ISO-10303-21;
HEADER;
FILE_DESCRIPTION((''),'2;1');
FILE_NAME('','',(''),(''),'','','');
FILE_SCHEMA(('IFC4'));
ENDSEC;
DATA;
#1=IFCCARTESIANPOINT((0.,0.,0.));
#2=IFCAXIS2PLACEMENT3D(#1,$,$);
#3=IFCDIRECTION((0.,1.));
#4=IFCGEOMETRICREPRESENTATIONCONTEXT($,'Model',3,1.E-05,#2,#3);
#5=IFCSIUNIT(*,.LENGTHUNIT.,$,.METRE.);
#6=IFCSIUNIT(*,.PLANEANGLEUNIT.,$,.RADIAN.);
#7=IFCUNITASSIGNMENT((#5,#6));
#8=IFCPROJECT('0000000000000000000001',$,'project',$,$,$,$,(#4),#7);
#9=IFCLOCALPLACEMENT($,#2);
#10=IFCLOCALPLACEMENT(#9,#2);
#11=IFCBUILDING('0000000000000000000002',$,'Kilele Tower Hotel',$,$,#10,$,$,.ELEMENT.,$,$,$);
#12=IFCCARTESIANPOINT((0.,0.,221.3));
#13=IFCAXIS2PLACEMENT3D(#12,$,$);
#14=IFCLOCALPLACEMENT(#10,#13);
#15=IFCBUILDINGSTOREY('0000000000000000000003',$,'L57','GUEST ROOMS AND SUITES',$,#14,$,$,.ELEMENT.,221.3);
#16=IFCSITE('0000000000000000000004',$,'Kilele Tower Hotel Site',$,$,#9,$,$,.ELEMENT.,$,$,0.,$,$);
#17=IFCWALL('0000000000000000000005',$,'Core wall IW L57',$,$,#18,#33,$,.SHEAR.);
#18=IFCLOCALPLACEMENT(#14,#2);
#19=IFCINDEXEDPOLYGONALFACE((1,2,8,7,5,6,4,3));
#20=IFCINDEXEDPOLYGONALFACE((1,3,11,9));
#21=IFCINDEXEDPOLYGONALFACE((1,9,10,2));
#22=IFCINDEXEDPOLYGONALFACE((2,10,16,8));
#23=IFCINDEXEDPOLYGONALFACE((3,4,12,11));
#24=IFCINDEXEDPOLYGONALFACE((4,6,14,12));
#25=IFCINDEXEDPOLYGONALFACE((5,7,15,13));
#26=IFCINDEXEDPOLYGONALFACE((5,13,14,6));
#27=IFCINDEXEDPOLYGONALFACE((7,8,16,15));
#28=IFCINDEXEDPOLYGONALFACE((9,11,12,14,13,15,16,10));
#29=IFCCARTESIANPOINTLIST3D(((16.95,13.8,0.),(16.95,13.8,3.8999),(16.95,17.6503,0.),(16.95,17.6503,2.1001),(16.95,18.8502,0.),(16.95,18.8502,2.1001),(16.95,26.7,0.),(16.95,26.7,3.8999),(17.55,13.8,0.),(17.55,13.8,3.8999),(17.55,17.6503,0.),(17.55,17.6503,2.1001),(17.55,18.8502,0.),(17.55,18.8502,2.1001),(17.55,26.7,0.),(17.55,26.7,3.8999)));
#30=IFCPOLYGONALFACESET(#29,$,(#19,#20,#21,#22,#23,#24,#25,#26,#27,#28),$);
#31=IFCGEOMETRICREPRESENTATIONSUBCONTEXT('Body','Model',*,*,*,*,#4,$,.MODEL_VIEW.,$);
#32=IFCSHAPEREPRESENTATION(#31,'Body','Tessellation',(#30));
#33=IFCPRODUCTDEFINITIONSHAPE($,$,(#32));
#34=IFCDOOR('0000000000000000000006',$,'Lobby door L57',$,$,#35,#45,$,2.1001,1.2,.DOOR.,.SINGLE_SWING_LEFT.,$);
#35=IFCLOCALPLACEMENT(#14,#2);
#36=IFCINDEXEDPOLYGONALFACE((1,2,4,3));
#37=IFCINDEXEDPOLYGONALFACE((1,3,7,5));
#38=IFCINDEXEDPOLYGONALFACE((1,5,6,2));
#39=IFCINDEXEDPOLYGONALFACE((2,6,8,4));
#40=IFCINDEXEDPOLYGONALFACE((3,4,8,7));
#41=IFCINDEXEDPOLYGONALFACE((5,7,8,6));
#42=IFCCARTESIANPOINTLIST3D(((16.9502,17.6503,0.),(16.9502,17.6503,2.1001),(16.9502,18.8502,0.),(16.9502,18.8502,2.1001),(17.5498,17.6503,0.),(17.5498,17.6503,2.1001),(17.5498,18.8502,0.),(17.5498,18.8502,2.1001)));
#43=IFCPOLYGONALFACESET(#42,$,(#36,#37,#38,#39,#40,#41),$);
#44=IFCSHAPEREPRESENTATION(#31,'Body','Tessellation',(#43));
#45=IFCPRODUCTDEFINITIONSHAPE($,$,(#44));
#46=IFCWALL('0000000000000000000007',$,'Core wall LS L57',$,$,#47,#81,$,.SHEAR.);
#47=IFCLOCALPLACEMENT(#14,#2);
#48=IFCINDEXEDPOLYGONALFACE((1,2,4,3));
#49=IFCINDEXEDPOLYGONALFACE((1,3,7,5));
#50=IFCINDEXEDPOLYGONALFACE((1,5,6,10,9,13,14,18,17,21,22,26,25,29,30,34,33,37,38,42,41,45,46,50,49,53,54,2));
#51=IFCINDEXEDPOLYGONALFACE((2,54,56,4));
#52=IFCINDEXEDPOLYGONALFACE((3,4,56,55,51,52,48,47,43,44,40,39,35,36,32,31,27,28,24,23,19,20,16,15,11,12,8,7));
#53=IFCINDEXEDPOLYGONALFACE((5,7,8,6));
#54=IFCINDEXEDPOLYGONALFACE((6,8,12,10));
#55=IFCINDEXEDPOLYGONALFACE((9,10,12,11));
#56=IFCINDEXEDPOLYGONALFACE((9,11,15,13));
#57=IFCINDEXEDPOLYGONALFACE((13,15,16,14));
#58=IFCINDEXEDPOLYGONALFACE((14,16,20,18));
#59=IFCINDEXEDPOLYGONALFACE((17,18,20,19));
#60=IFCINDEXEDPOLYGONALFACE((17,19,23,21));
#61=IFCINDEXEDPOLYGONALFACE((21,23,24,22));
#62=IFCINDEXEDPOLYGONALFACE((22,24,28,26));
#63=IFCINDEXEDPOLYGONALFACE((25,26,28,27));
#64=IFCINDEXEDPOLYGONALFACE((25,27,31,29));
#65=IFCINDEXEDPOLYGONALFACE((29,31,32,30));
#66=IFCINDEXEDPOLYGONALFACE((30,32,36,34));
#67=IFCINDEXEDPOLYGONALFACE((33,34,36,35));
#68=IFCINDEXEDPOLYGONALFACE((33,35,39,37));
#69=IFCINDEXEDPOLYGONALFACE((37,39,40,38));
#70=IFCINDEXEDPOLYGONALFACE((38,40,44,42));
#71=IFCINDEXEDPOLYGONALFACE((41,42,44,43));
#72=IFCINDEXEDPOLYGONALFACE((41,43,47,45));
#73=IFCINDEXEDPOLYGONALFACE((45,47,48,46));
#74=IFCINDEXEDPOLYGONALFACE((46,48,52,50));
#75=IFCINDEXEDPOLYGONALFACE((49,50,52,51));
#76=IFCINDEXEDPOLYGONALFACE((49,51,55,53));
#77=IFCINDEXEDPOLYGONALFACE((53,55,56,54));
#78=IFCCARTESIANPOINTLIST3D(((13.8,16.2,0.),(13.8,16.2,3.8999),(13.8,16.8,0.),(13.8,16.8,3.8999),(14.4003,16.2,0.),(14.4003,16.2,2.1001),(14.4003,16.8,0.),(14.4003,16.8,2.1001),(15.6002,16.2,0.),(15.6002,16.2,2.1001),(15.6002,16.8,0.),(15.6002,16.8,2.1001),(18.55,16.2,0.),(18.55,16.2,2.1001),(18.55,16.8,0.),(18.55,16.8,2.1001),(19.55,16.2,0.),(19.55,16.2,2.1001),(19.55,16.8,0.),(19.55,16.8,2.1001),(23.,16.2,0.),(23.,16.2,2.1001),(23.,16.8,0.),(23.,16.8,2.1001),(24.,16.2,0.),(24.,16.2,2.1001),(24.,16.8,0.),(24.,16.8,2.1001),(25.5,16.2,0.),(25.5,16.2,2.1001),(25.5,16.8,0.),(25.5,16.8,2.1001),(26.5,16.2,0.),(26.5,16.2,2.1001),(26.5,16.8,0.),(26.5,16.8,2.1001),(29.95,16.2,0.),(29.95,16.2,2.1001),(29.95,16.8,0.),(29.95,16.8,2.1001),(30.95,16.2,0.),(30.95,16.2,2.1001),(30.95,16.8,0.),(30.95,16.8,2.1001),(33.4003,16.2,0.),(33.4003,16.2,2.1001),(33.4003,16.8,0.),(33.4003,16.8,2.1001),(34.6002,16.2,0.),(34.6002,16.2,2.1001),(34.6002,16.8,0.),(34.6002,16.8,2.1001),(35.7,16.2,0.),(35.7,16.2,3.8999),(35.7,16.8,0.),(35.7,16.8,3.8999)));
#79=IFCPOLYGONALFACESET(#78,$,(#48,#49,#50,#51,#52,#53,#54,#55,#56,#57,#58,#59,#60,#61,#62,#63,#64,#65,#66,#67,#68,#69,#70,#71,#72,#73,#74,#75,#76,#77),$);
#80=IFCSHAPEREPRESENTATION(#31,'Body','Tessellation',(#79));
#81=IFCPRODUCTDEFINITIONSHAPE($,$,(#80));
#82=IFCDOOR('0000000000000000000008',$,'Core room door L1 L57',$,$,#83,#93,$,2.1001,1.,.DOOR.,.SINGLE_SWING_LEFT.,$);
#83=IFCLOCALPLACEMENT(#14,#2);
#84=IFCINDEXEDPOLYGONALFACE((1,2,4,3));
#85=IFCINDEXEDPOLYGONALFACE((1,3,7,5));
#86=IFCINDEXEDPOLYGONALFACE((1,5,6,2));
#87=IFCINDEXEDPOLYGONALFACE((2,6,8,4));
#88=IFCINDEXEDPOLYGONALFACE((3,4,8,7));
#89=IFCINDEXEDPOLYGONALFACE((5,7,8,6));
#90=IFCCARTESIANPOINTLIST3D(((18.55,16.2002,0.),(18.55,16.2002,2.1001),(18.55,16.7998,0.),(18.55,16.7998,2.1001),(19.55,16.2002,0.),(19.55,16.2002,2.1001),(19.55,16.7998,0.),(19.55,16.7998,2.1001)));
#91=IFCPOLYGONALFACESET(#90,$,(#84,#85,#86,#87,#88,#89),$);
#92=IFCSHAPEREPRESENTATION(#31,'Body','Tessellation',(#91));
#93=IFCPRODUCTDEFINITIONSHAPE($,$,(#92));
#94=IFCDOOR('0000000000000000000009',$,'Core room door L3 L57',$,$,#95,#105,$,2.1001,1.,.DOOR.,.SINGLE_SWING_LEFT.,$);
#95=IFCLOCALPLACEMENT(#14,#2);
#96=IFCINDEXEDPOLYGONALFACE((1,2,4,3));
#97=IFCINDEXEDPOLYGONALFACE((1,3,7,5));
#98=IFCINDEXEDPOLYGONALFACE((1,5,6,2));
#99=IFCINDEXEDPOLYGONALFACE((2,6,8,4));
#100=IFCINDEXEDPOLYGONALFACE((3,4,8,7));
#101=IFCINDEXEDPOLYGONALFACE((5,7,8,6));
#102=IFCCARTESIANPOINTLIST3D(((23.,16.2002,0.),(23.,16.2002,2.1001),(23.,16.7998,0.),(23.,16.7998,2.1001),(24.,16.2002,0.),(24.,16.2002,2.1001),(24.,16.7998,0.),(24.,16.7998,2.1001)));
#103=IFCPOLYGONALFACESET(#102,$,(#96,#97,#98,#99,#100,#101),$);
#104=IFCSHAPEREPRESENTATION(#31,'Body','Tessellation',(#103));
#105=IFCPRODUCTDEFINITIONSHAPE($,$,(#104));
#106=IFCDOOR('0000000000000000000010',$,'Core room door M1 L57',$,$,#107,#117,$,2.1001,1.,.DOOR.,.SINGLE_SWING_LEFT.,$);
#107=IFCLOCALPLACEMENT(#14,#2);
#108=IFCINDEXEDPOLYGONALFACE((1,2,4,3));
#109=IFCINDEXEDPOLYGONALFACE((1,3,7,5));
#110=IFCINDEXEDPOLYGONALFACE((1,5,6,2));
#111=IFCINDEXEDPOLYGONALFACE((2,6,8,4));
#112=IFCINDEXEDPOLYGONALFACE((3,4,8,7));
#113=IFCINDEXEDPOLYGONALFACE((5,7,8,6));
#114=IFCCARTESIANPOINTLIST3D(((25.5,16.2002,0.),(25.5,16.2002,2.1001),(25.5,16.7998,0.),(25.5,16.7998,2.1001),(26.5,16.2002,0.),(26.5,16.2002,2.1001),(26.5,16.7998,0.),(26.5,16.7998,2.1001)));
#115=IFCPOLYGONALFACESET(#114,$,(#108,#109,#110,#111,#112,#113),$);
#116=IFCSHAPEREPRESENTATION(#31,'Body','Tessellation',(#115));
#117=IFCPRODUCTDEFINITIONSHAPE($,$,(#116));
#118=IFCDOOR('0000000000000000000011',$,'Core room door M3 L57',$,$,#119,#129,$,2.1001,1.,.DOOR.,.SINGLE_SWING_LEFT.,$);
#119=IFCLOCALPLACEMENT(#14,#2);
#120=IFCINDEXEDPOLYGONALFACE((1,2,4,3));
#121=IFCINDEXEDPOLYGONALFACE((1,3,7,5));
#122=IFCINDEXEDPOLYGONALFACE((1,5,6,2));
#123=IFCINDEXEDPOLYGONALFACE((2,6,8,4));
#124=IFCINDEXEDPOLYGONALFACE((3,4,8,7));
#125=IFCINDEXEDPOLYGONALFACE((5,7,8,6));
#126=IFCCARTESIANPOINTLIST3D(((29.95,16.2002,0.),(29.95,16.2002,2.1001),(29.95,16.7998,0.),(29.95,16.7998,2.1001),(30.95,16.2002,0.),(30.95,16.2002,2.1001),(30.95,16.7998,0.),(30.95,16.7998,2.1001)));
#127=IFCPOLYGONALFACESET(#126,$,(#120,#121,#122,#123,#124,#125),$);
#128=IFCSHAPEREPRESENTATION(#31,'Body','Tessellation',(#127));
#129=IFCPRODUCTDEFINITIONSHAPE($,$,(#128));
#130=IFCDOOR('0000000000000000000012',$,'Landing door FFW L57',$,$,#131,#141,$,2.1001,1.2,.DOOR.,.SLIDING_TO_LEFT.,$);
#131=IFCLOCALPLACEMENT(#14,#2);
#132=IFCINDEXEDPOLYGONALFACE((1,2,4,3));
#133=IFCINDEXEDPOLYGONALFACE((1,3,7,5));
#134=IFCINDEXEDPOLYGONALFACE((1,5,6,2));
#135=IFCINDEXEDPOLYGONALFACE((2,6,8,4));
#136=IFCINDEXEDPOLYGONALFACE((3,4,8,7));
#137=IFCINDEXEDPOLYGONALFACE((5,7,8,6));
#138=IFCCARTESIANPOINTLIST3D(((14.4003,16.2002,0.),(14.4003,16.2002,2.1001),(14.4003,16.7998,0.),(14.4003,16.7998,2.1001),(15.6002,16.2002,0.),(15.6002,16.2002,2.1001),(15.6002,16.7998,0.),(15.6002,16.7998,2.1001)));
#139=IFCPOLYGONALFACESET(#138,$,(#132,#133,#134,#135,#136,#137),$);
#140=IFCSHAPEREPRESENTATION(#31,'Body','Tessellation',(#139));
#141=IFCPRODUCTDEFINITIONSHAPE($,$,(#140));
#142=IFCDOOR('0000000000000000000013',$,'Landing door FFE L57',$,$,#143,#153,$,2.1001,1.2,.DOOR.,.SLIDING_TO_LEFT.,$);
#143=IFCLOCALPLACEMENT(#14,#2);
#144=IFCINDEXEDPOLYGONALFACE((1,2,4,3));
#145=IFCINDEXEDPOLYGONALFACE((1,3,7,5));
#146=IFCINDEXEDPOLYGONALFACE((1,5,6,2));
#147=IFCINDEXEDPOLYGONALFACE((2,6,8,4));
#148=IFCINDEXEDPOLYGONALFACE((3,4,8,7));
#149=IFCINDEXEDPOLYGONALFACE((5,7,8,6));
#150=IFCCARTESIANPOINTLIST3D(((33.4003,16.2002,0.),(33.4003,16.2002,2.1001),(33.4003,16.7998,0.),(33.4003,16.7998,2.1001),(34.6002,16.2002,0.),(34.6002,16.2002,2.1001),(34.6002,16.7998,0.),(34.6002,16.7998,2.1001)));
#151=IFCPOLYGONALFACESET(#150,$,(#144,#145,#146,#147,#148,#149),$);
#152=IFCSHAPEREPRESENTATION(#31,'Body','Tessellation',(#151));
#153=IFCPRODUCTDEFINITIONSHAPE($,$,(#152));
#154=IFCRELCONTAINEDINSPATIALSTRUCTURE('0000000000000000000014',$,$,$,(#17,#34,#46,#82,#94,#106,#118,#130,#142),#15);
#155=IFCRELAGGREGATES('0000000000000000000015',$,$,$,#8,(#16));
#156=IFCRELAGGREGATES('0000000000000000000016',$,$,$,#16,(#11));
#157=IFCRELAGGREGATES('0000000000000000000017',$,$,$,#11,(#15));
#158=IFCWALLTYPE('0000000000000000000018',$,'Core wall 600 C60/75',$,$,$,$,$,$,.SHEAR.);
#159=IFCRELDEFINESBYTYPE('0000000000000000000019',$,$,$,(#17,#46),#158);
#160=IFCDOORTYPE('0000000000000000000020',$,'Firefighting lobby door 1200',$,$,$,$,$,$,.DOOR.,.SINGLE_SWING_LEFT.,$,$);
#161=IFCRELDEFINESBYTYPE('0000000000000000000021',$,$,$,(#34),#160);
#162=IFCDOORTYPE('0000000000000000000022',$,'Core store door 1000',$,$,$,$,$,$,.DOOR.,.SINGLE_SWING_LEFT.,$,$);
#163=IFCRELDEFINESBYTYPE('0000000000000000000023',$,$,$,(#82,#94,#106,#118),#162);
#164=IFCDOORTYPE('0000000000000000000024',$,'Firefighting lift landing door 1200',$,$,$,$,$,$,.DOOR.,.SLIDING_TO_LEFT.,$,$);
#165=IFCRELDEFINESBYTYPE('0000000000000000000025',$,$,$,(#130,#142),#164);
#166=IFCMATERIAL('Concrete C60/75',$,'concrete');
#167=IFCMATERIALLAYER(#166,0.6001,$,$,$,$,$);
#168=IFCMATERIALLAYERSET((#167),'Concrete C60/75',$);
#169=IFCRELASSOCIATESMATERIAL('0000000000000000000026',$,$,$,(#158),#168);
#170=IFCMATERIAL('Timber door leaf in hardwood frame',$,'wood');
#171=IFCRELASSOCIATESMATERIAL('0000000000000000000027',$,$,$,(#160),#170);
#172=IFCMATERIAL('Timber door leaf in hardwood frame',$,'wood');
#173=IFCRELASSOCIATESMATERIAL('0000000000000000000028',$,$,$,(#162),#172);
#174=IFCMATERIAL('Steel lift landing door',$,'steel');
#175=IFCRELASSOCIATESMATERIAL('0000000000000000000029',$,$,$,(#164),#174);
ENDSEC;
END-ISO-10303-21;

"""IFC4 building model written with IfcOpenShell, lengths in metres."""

from ifc_helpers import new_model, si_unit, direction, frame, frame_2d, origin, place, context, subcontext, project, spatial, rectangle, extrude, material, layer, layer_set, type_object, element, fill, save


model = new_model("IFC4")

# Units and contexts
model_context = context("Model", 3, precision=1e-05, world=origin(), true_north=direction((0.0, 1.0)))
body_context = subcontext(model_context, "Body", "Model", "MODEL_VIEW")
ifc_project = project(units=[si_unit("LENGTHUNIT", "METRE"), si_unit("PLANEANGLEUNIT", "RADIAN")], contexts=[model_context])

# Site, building, storey
site_placement = place(None, origin())
site = spatial("IfcSite", under=ifc_project, at=site_placement, Name="Kilele Tower Hotel Site", CompositionType="ELEMENT", RefElevation=0.0)
building_placement = place(site_placement, origin())
building = spatial("IfcBuilding", under=site, at=building_placement, Name="Kilele Tower Hotel", CompositionType="ELEMENT")
storey_placement = place(building_placement, frame((0.0, 0.0, 221.3)))
storey = spatial("IfcBuildingStorey", under=building, at=storey_placement, Name="L57", Description="GUEST ROOMS AND SUITES", CompositionType="ELEMENT", Elevation=221.3)

# Wall, opening, door
ifc_material_1 = material(Name="Concrete C60/75", Category="concrete")
ifc_layer_1 = layer(ifc_material_1, 0.6001)
ifc_layer_set_1 = layer_set([ifc_layer_1], Name="Concrete C60/75")
wall_type_1 = type_object("IfcWallType", Name="Core wall 600 C60/75", PredefinedType="SHEAR", material=ifc_layer_set_1)
wall_1_placement = place(storey_placement, frame((17.25, 13.8, 0.0), z_axis=(0.0, 0.0, 1.0), x_axis=(0.0, 1.0, 0.0)))
wall_1 = element("IfcWall", 1, at=wall_1_placement, inside=storey, type_object=wall_type_1, Name="Core wall IW L57", PredefinedType="SHEAR", context=body_context, shape_type="SweptSolid", body=[
    extrude(rectangle(XDim=12.8999, YDim=0.6001, at=frame_2d((6.45, 0.0))), origin(), (0.0, 0.0, 1.0), 3.8999),
])
opening_1_placement = place(wall_1_placement, frame((3.8501, 0.0, 0.0)))
opening_1 = element("IfcOpeningElement", 2, at=opening_1_placement, cuts=wall_1, PredefinedType="OPENING", context=body_context, shape_type="SweptSolid", body=[
    extrude(rectangle(XDim=1.2, YDim=2.1001, at=frame_2d((0.6001, 1.05))), frame((0.0, 0.3101, 0.0), z_axis=(0.0, -1.0, 0.0), x_axis=(1.0, 0.0, 0.0)), (0.0, 0.0, 1.0), 0.6201),
])
ifc_material_2 = material(Name="Timber door leaf in hardwood frame", Category="wood")
door_type_1 = type_object("IfcDoorType", Name="Firefighting lobby door 1200", OperationType="SINGLE_SWING_LEFT", PredefinedType="DOOR", material=ifc_material_2)
door_1_placement = place(opening_1_placement, origin())
door_1 = element("IfcDoor", 3, at=door_1_placement, inside=storey, type_object=door_type_1, Name="Lobby door L57", OperationType="SINGLE_SWING_LEFT", OverallHeight=2.1001, OverallWidth=1.2, PredefinedType="DOOR", context=body_context, shape_type="SweptSolid", body=[
    extrude(rectangle(XDim=1.2, YDim=2.1001, at=frame_2d((0.6001, 1.05))), frame((0.0, 0.2998, 0.0), z_axis=(0.0, -1.0, 0.0), x_axis=(1.0, 0.0, 0.0)), (0.0, 0.0, 1.0), 0.5996),
])
fill(opening_1, door_1)

# Wall, openings, doors
wall_2_placement = place(storey_placement, frame((13.8, 16.5, 0.0), z_axis=(0.0, 0.0, 1.0), x_axis=(1.0, 0.0, 0.0)))
wall_2 = element("IfcWall", 4, at=wall_2_placement, inside=storey, type_object=wall_type_1, Name="Core wall LS L57", PredefinedType="SHEAR", context=body_context, shape_type="SweptSolid", body=[
    extrude(rectangle(XDim=21.8999, YDim=0.6001, at=frame_2d((10.95, 0.0))), origin(), (0.0, 0.0, 1.0), 3.8999),
])
opening_2_placement = place(wall_2_placement, frame((5.75, 0.0, 0.0), z_axis=(0.0, 0.0, 1.0), x_axis=(-1.0, 0.0, 0.0)))
opening_2 = element("IfcOpeningElement", 5, at=opening_2_placement, cuts=wall_2, PredefinedType="OPENING", context=body_context, shape_type="SweptSolid", body=[
    extrude(rectangle(XDim=1.0, YDim=2.1001, at=frame_2d((0.5, 1.05))), frame((0.0, 0.3101, 0.0), z_axis=(0.0, -1.0, 0.0), x_axis=(1.0, 0.0, 0.0)), (0.0, 0.0, 1.0), 0.6201),
])
opening_3_placement = place(wall_2_placement, frame((10.2, 0.0, 0.0), z_axis=(0.0, 0.0, 1.0), x_axis=(-1.0, 0.0, 0.0)))
opening_3 = element("IfcOpeningElement", 6, at=opening_3_placement, cuts=wall_2, PredefinedType="OPENING", context=body_context, shape_type="SweptSolid", body=[
    extrude(rectangle(XDim=1.0, YDim=2.1001, at=frame_2d((0.5, 1.05))), frame((0.0, 0.3101, 0.0), z_axis=(0.0, -1.0, 0.0), x_axis=(1.0, 0.0, 0.0)), (0.0, 0.0, 1.0), 0.6201),
])
opening_4_placement = place(wall_2_placement, frame((12.7, 0.0, 0.0), z_axis=(0.0, 0.0, 1.0), x_axis=(-1.0, 0.0, 0.0)))
opening_4 = element("IfcOpeningElement", 7, at=opening_4_placement, cuts=wall_2, PredefinedType="OPENING", context=body_context, shape_type="SweptSolid", body=[
    extrude(rectangle(XDim=1.0, YDim=2.1001, at=frame_2d((0.5, 1.05))), frame((0.0, 0.3101, 0.0), z_axis=(0.0, -1.0, 0.0), x_axis=(1.0, 0.0, 0.0)), (0.0, 0.0, 1.0), 0.6201),
])
opening_5_placement = place(wall_2_placement, frame((17.1499, 0.0, 0.0), z_axis=(0.0, 0.0, 1.0), x_axis=(-1.0, 0.0, 0.0)))
opening_5 = element("IfcOpeningElement", 8, at=opening_5_placement, cuts=wall_2, PredefinedType="OPENING", context=body_context, shape_type="SweptSolid", body=[
    extrude(rectangle(XDim=1.0, YDim=2.1001, at=frame_2d((0.5, 1.05))), frame((0.0, 0.3101, 0.0), z_axis=(0.0, -1.0, 0.0), x_axis=(1.0, 0.0, 0.0)), (0.0, 0.0, 1.0), 0.6201),
])
opening_6_placement = place(wall_2_placement, frame((0.6001, 0.0, 0.0)))
opening_6 = element("IfcOpeningElement", 9, at=opening_6_placement, cuts=wall_2, PredefinedType="OPENING", context=body_context, shape_type="SweptSolid", body=[
    extrude(rectangle(XDim=1.2, YDim=2.1001, at=frame_2d((0.6001, 1.05))), frame((0.0, 0.3101, 0.0), z_axis=(0.0, -1.0, 0.0), x_axis=(1.0, 0.0, 0.0)), (0.0, 0.0, 1.0), 0.6201),
])
opening_7_placement = place(wall_2_placement, frame((19.6001, 0.0, 0.0)))
opening_7 = element("IfcOpeningElement", 10, at=opening_7_placement, cuts=wall_2, PredefinedType="OPENING", context=body_context, shape_type="SweptSolid", body=[
    extrude(rectangle(XDim=1.2, YDim=2.1001, at=frame_2d((0.6001, 1.05))), frame((0.0, 0.3101, 0.0), z_axis=(0.0, -1.0, 0.0), x_axis=(1.0, 0.0, 0.0)), (0.0, 0.0, 1.0), 0.6201),
])
ifc_material_3 = material(Name="Timber door leaf in hardwood frame", Category="wood")
door_type_2 = type_object("IfcDoorType", Name="Core store door 1000", OperationType="SINGLE_SWING_LEFT", PredefinedType="DOOR", material=ifc_material_3)
door_2_placement = place(opening_2_placement, origin())
door_2 = element("IfcDoor", 11, at=door_2_placement, inside=storey, type_object=door_type_2, Name="Core room door L1 L57", OperationType="SINGLE_SWING_LEFT", OverallHeight=2.1001, OverallWidth=1.0, PredefinedType="DOOR", context=body_context, shape_type="SweptSolid", body=[
    extrude(rectangle(XDim=1.0, YDim=2.1001, at=frame_2d((0.5, 1.05))), frame((0.0, 0.2998, 0.0), z_axis=(0.0, -1.0, 0.0), x_axis=(1.0, 0.0, 0.0)), (0.0, 0.0, 1.0), 0.5996),
])
fill(opening_2, door_2)
door_3_placement = place(opening_3_placement, origin())
door_3 = element("IfcDoor", 12, at=door_3_placement, inside=storey, type_object=door_type_2, Name="Core room door L3 L57", OperationType="SINGLE_SWING_LEFT", OverallHeight=2.1001, OverallWidth=1.0, PredefinedType="DOOR", context=body_context, shape_type="SweptSolid", body=[
    extrude(rectangle(XDim=1.0, YDim=2.1001, at=frame_2d((0.5, 1.05))), frame((0.0, 0.2998, 0.0), z_axis=(0.0, -1.0, 0.0), x_axis=(1.0, 0.0, 0.0)), (0.0, 0.0, 1.0), 0.5996),
])
fill(opening_3, door_3)
door_4_placement = place(opening_4_placement, origin())
door_4 = element("IfcDoor", 13, at=door_4_placement, inside=storey, type_object=door_type_2, Name="Core room door M1 L57", OperationType="SINGLE_SWING_LEFT", OverallHeight=2.1001, OverallWidth=1.0, PredefinedType="DOOR", context=body_context, shape_type="SweptSolid", body=[
    extrude(rectangle(XDim=1.0, YDim=2.1001, at=frame_2d((0.5, 1.05))), frame((0.0, 0.2998, 0.0), z_axis=(0.0, -1.0, 0.0), x_axis=(1.0, 0.0, 0.0)), (0.0, 0.0, 1.0), 0.5996),
])
fill(opening_4, door_4)
door_5_placement = place(opening_5_placement, origin())
door_5 = element("IfcDoor", 14, at=door_5_placement, inside=storey, type_object=door_type_2, Name="Core room door M3 L57", OperationType="SINGLE_SWING_LEFT", OverallHeight=2.1001, OverallWidth=1.0, PredefinedType="DOOR", context=body_context, shape_type="SweptSolid", body=[
    extrude(rectangle(XDim=1.0, YDim=2.1001, at=frame_2d((0.5, 1.05))), frame((0.0, 0.2998, 0.0), z_axis=(0.0, -1.0, 0.0), x_axis=(1.0, 0.0, 0.0)), (0.0, 0.0, 1.0), 0.5996),
])
fill(opening_5, door_5)
ifc_material_4 = material(Name="Steel lift landing door", Category="steel")
door_type_3 = type_object("IfcDoorType", Name="Firefighting lift landing door 1200", OperationType="SLIDING_TO_LEFT", PredefinedType="DOOR", material=ifc_material_4)
door_6_placement = place(opening_6_placement, origin())
door_6 = element("IfcDoor", 15, at=door_6_placement, inside=storey, type_object=door_type_3, Name="Landing door FFW L57", OperationType="SLIDING_TO_LEFT", OverallHeight=2.1001, OverallWidth=1.2, PredefinedType="DOOR", context=body_context, shape_type="SweptSolid", body=[
    extrude(rectangle(XDim=1.2, YDim=2.1001, at=frame_2d((0.6001, 1.05))), frame((0.0, 0.2998, 0.0), z_axis=(0.0, -1.0, 0.0), x_axis=(1.0, 0.0, 0.0)), (0.0, 0.0, 1.0), 0.5996),
])
fill(opening_6, door_6)
door_7_placement = place(opening_7_placement, origin())
door_7 = element("IfcDoor", 16, at=door_7_placement, inside=storey, type_object=door_type_3, Name="Landing door FFE L57", OperationType="SLIDING_TO_LEFT", OverallHeight=2.1001, OverallWidth=1.2, PredefinedType="DOOR", context=body_context, shape_type="SweptSolid", body=[
    extrude(rectangle(XDim=1.2, YDim=2.1001, at=frame_2d((0.6001, 1.05))), frame((0.0, 0.2998, 0.0), z_axis=(0.0, -1.0, 0.0), x_axis=(1.0, 0.0, 0.0)), (0.0, 0.0, 1.0), 0.5996),
])
fill(opening_7, door_7)

save(model, "model.ifc")
